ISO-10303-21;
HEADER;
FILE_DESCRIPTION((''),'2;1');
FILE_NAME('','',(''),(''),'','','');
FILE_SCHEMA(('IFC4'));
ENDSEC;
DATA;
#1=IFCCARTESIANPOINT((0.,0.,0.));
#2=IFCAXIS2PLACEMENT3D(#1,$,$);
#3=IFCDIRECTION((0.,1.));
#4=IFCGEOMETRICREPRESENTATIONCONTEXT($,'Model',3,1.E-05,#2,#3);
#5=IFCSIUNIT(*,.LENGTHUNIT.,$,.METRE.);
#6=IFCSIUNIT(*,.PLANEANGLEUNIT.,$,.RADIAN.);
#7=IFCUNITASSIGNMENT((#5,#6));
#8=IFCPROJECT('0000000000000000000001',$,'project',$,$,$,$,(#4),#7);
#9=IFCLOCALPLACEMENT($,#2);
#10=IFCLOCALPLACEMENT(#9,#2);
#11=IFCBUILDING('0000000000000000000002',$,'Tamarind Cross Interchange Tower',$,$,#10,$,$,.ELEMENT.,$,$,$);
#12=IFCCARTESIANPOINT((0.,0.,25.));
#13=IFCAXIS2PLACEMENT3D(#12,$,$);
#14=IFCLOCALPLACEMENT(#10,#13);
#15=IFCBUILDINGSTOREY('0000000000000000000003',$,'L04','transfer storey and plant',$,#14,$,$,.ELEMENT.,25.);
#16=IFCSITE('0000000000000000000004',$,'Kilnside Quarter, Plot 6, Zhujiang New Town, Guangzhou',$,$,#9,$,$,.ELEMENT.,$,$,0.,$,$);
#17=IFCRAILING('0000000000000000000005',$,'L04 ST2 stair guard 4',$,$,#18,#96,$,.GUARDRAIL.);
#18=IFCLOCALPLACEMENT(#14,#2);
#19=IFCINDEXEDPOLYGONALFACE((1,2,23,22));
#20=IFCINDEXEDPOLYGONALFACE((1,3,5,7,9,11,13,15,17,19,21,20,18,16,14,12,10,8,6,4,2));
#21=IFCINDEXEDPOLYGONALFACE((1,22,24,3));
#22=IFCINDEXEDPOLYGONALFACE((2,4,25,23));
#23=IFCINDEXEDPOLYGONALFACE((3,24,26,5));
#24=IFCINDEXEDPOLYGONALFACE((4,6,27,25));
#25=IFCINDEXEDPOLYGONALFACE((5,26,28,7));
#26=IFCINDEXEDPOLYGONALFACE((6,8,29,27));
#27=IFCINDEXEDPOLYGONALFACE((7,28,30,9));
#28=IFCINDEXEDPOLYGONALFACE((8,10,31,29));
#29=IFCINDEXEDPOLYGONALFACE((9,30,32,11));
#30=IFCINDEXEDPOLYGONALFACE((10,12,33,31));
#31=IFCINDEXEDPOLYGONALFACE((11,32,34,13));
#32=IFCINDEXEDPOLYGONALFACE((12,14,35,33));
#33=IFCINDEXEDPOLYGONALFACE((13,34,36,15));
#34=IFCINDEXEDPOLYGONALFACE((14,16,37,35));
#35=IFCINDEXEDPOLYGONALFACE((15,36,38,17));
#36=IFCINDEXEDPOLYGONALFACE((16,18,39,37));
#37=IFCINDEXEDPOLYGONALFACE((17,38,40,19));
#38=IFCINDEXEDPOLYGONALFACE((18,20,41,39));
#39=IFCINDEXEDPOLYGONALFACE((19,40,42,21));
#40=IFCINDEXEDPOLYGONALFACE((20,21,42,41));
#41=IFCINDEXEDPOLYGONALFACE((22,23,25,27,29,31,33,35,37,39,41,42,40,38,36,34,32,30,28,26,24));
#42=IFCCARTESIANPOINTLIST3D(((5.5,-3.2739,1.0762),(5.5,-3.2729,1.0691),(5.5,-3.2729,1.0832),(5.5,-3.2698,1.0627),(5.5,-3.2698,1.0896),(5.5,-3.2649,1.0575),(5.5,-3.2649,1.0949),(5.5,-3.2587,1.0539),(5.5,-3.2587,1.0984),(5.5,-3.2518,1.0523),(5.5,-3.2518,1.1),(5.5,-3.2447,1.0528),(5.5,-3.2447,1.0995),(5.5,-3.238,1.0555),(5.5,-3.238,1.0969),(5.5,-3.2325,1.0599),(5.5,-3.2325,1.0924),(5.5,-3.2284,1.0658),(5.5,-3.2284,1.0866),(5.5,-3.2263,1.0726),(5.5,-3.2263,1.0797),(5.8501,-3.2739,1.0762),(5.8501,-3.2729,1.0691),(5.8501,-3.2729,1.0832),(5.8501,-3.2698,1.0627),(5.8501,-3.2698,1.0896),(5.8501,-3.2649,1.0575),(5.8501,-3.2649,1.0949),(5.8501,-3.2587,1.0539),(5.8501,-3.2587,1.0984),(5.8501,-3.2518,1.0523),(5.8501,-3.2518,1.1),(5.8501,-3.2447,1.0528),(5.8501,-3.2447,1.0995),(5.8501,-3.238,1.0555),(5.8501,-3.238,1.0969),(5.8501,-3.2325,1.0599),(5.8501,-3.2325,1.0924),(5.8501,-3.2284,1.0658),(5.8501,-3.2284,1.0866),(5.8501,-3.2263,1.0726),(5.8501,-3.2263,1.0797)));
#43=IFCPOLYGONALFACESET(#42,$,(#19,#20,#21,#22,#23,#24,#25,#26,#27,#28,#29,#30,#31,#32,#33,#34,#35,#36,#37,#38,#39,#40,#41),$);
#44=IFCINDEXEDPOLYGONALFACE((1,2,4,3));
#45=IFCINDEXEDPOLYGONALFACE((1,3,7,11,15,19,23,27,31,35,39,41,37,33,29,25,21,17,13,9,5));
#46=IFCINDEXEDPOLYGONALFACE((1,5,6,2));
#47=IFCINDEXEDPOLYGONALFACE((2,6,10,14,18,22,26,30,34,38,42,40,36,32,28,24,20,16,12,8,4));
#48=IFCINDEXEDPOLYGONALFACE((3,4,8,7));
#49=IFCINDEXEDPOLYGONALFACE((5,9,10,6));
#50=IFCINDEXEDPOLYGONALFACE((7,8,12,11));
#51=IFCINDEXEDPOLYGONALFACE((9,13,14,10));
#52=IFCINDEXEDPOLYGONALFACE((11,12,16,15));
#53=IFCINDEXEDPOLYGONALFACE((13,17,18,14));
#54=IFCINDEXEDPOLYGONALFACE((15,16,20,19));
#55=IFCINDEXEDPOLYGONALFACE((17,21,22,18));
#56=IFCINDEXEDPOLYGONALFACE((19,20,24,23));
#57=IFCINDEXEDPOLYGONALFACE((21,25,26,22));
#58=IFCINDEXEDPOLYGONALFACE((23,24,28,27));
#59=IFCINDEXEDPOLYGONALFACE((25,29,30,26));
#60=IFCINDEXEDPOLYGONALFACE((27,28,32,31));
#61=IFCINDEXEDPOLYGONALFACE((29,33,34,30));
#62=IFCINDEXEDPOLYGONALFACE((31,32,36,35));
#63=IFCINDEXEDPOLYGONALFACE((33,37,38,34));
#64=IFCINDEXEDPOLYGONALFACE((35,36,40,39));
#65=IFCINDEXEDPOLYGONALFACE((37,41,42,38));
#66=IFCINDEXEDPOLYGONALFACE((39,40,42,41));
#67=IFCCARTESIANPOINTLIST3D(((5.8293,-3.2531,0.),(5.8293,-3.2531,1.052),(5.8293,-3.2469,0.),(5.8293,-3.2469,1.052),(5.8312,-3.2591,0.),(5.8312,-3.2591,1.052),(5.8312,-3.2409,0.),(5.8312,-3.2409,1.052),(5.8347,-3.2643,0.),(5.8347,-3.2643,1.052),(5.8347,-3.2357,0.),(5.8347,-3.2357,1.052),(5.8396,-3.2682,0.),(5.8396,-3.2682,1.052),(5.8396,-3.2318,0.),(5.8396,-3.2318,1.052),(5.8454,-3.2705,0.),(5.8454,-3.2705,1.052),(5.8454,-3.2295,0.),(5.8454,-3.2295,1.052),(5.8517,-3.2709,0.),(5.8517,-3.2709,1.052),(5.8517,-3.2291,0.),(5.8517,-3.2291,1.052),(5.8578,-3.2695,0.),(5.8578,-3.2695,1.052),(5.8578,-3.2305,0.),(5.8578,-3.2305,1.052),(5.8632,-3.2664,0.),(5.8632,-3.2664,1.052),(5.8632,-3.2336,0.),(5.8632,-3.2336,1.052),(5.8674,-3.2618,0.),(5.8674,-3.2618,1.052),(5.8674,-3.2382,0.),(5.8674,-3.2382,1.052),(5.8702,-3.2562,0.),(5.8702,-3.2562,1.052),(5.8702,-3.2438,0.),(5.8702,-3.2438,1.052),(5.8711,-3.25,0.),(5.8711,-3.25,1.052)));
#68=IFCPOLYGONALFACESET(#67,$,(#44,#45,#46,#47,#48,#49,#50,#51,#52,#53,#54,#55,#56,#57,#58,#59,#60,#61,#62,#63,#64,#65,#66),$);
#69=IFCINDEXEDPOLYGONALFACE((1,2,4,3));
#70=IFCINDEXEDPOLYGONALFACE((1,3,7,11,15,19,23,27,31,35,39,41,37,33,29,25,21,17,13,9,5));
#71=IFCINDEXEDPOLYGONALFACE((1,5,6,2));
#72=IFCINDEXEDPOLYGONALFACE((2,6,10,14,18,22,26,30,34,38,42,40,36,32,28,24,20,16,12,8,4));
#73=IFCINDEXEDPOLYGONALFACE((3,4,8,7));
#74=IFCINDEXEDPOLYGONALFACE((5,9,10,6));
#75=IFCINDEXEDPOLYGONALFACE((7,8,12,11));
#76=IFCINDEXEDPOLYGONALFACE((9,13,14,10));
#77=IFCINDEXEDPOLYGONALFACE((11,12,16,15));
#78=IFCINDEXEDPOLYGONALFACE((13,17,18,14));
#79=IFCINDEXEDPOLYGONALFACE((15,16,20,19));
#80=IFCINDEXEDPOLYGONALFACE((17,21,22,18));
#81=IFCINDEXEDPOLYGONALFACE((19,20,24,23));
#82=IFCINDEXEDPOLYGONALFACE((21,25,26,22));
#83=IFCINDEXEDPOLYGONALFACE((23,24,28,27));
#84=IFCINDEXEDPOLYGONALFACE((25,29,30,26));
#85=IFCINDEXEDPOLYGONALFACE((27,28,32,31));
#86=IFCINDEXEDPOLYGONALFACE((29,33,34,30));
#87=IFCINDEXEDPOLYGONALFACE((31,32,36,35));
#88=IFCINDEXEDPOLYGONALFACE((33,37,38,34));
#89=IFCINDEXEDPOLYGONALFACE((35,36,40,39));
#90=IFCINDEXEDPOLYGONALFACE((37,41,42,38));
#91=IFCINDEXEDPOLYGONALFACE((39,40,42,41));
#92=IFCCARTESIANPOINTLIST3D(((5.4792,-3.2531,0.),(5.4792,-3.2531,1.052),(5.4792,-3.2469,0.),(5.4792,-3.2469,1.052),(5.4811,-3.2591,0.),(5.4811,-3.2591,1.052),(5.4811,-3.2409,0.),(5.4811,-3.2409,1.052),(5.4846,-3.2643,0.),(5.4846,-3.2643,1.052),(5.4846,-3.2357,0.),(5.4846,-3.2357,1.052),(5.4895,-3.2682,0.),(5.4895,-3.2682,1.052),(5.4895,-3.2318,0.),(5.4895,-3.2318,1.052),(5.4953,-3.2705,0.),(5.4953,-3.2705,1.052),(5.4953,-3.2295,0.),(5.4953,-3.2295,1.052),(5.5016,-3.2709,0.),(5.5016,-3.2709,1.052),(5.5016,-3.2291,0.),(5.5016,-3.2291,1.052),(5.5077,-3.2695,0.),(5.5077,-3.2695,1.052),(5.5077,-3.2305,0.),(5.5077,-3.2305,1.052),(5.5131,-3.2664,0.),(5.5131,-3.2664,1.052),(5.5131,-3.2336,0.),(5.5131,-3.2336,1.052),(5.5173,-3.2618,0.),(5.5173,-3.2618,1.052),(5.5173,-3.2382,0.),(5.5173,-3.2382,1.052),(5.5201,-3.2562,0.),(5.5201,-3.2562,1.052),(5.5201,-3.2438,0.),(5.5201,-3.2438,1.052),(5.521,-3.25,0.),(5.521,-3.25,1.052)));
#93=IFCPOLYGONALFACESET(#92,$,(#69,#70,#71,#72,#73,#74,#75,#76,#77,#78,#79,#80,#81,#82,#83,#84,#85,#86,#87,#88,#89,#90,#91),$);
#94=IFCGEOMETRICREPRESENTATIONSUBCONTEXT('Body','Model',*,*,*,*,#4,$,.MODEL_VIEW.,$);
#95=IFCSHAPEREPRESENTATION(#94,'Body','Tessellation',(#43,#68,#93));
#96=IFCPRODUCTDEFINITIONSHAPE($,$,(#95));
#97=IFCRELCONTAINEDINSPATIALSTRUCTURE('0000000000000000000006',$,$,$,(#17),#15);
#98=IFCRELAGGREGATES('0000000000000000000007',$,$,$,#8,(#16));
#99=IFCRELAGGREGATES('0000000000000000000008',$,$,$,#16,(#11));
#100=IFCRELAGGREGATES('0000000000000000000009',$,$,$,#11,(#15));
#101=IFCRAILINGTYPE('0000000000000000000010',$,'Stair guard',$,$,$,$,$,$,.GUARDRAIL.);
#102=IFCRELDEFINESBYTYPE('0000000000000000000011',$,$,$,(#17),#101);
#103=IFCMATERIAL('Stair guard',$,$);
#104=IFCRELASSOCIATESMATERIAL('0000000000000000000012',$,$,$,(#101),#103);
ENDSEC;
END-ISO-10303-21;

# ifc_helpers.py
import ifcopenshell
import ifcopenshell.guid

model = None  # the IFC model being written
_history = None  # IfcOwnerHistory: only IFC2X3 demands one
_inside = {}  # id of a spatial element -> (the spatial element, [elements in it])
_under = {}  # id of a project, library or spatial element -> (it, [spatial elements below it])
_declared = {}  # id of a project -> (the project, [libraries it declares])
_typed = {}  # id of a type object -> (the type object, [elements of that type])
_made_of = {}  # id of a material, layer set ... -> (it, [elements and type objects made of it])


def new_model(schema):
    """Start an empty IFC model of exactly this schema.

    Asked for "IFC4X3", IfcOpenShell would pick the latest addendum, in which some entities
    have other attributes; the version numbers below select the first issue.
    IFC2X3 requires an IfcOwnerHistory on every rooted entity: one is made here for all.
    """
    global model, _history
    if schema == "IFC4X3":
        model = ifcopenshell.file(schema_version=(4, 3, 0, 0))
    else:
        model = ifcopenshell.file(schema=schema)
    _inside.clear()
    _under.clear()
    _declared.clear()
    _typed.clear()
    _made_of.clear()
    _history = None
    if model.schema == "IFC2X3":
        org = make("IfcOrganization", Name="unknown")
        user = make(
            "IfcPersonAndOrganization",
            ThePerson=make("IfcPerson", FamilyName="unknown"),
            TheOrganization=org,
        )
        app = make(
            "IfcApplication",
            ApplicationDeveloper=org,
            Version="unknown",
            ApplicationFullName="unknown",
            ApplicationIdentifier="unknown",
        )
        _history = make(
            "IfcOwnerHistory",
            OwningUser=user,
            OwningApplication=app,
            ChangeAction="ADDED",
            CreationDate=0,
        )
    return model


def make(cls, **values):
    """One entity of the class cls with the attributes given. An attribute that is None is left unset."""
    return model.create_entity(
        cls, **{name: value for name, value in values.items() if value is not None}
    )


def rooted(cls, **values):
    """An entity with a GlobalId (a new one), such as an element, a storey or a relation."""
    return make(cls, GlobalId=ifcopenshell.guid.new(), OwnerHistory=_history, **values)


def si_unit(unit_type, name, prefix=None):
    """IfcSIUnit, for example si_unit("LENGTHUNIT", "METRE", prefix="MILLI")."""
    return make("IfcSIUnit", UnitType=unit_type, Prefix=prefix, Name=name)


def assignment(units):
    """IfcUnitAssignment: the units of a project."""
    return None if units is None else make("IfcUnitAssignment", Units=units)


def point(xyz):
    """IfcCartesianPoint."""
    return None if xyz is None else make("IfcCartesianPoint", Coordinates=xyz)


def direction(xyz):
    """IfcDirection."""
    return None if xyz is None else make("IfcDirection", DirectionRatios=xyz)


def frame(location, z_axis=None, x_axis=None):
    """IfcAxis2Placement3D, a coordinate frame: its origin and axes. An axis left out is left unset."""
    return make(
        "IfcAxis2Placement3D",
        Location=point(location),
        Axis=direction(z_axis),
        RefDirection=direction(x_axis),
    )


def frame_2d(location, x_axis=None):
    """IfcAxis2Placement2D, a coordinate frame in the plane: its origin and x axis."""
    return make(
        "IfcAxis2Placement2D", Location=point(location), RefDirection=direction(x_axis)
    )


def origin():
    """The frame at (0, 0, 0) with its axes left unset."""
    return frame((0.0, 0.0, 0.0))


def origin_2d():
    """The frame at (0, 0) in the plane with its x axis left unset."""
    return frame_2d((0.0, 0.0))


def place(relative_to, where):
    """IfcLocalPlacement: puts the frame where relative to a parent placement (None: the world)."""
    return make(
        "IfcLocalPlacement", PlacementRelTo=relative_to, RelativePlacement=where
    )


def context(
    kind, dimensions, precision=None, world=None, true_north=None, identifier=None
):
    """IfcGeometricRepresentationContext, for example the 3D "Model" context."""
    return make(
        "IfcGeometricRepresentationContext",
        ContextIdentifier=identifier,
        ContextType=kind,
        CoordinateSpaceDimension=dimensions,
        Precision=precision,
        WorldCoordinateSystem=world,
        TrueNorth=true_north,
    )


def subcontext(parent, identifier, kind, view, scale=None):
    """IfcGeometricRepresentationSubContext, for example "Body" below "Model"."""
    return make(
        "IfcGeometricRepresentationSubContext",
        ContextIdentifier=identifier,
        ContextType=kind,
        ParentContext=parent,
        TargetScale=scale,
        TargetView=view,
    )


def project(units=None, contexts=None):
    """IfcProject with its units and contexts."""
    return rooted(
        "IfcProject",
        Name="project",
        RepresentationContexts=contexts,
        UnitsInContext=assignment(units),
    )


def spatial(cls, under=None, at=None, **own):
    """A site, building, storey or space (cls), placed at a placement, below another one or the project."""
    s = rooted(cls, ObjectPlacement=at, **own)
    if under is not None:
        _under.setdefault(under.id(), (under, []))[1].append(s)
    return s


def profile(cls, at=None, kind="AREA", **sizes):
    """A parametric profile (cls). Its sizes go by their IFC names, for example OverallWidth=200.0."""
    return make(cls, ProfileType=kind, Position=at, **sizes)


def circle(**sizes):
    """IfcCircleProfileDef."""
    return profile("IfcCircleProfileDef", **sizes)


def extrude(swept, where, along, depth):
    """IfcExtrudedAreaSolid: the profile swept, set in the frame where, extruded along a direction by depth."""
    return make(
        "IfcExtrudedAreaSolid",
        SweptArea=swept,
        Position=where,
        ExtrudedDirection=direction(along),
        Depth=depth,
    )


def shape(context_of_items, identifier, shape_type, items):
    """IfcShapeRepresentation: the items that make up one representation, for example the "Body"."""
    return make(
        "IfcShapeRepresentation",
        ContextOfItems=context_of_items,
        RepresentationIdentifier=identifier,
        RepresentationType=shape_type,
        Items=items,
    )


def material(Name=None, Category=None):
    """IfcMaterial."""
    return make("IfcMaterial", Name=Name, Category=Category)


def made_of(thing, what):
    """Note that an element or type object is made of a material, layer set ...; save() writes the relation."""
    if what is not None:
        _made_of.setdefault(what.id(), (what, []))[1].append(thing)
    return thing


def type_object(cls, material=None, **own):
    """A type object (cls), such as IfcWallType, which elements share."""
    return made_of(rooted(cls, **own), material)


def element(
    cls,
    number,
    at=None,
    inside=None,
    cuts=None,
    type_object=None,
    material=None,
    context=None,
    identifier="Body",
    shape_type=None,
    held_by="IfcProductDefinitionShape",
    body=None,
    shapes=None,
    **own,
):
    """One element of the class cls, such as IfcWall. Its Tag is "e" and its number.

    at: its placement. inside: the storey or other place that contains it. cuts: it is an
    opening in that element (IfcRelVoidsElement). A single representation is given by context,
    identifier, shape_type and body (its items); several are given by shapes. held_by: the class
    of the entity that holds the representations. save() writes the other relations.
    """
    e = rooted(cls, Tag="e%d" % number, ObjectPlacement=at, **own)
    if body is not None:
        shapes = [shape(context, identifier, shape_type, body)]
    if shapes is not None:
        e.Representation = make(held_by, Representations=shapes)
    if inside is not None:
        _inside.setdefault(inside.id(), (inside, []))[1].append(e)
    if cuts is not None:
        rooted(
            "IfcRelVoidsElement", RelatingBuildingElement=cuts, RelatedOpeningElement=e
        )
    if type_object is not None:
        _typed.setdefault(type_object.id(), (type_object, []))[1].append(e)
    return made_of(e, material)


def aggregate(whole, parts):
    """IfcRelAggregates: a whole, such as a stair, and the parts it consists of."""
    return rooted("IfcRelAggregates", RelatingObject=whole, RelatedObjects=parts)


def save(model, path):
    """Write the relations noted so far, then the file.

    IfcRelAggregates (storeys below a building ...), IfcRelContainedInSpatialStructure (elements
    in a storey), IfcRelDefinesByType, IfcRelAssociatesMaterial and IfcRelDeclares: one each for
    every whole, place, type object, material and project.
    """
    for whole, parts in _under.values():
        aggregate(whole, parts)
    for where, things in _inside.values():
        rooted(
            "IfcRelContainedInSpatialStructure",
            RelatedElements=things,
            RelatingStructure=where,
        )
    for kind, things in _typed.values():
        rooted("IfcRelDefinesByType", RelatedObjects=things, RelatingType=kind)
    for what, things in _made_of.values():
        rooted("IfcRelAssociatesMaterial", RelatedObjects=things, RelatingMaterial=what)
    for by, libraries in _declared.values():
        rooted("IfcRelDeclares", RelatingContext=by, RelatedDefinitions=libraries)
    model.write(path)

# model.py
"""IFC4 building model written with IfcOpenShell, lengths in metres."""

from ifc_helpers import new_model, si_unit, direction, frame, origin, origin_2d, place, context, subcontext, project, spatial, circle, extrude, material, type_object, element, save


model = new_model("IFC4")

# Units and contexts
model_context = context("Model", 3, precision=1e-05, world=origin(), true_north=direction((0.0, 1.0)))
body_context = subcontext(model_context, "Body", "Model", "MODEL_VIEW")
ifc_project = project(units=[si_unit("LENGTHUNIT", "METRE"), si_unit("PLANEANGLEUNIT", "RADIAN")], contexts=[model_context])

# Site, building, storey
site_placement = place(None, origin())
site = spatial("IfcSite", under=ifc_project, at=site_placement, Name="Kilnside Quarter, Plot 6, Zhujiang New Town, Guangzhou", CompositionType="ELEMENT", RefElevation=0.0)
building_placement = place(site_placement, origin())
building = spatial("IfcBuilding", under=site, at=building_placement, Name="Tamarind Cross Interchange Tower", CompositionType="ELEMENT")
storey_placement = place(building_placement, frame((0.0, 0.0, 25.0)))
storey = spatial("IfcBuildingStorey", under=building, at=storey_placement, Name="L04", Description="transfer storey and plant", CompositionType="ELEMENT", Elevation=25.0)

# Railing
ifc_material_1 = material(Name="Stair guard")
railing_type_1 = type_object("IfcRailingType", Name="Stair guard", PredefinedType="GUARDRAIL", material=ifc_material_1)
railing_1_placement = place(storey_placement, frame((5.8501, -3.25, 0.0)))
element("IfcRailing", 1, at=railing_1_placement, inside=storey, type_object=railing_type_1, Name="L04 ST2 stair guard 4", PredefinedType="GUARDRAIL", context=body_context, shape_type="SweptSolid", body=[
    extrude(circle(Radius=0.0239, at=origin_2d()), frame((0.0, 0.0, 1.0762), z_axis=(-1.0, 0.0, 0.0), x_axis=(0.0, -1.0, 0.0)), (0.0, 0.0, 1.0), 0.3501),
    extrude(circle(Radius=0.021, at=origin_2d()), origin(), (0.0, 0.0, 1.0), 1.052),
    extrude(circle(Radius=0.021, at=origin_2d()), frame((-0.3501, 0.0, 0.0)), (0.0, 0.0, 1.0), 1.052),
])

save(model, "model.ifc")
